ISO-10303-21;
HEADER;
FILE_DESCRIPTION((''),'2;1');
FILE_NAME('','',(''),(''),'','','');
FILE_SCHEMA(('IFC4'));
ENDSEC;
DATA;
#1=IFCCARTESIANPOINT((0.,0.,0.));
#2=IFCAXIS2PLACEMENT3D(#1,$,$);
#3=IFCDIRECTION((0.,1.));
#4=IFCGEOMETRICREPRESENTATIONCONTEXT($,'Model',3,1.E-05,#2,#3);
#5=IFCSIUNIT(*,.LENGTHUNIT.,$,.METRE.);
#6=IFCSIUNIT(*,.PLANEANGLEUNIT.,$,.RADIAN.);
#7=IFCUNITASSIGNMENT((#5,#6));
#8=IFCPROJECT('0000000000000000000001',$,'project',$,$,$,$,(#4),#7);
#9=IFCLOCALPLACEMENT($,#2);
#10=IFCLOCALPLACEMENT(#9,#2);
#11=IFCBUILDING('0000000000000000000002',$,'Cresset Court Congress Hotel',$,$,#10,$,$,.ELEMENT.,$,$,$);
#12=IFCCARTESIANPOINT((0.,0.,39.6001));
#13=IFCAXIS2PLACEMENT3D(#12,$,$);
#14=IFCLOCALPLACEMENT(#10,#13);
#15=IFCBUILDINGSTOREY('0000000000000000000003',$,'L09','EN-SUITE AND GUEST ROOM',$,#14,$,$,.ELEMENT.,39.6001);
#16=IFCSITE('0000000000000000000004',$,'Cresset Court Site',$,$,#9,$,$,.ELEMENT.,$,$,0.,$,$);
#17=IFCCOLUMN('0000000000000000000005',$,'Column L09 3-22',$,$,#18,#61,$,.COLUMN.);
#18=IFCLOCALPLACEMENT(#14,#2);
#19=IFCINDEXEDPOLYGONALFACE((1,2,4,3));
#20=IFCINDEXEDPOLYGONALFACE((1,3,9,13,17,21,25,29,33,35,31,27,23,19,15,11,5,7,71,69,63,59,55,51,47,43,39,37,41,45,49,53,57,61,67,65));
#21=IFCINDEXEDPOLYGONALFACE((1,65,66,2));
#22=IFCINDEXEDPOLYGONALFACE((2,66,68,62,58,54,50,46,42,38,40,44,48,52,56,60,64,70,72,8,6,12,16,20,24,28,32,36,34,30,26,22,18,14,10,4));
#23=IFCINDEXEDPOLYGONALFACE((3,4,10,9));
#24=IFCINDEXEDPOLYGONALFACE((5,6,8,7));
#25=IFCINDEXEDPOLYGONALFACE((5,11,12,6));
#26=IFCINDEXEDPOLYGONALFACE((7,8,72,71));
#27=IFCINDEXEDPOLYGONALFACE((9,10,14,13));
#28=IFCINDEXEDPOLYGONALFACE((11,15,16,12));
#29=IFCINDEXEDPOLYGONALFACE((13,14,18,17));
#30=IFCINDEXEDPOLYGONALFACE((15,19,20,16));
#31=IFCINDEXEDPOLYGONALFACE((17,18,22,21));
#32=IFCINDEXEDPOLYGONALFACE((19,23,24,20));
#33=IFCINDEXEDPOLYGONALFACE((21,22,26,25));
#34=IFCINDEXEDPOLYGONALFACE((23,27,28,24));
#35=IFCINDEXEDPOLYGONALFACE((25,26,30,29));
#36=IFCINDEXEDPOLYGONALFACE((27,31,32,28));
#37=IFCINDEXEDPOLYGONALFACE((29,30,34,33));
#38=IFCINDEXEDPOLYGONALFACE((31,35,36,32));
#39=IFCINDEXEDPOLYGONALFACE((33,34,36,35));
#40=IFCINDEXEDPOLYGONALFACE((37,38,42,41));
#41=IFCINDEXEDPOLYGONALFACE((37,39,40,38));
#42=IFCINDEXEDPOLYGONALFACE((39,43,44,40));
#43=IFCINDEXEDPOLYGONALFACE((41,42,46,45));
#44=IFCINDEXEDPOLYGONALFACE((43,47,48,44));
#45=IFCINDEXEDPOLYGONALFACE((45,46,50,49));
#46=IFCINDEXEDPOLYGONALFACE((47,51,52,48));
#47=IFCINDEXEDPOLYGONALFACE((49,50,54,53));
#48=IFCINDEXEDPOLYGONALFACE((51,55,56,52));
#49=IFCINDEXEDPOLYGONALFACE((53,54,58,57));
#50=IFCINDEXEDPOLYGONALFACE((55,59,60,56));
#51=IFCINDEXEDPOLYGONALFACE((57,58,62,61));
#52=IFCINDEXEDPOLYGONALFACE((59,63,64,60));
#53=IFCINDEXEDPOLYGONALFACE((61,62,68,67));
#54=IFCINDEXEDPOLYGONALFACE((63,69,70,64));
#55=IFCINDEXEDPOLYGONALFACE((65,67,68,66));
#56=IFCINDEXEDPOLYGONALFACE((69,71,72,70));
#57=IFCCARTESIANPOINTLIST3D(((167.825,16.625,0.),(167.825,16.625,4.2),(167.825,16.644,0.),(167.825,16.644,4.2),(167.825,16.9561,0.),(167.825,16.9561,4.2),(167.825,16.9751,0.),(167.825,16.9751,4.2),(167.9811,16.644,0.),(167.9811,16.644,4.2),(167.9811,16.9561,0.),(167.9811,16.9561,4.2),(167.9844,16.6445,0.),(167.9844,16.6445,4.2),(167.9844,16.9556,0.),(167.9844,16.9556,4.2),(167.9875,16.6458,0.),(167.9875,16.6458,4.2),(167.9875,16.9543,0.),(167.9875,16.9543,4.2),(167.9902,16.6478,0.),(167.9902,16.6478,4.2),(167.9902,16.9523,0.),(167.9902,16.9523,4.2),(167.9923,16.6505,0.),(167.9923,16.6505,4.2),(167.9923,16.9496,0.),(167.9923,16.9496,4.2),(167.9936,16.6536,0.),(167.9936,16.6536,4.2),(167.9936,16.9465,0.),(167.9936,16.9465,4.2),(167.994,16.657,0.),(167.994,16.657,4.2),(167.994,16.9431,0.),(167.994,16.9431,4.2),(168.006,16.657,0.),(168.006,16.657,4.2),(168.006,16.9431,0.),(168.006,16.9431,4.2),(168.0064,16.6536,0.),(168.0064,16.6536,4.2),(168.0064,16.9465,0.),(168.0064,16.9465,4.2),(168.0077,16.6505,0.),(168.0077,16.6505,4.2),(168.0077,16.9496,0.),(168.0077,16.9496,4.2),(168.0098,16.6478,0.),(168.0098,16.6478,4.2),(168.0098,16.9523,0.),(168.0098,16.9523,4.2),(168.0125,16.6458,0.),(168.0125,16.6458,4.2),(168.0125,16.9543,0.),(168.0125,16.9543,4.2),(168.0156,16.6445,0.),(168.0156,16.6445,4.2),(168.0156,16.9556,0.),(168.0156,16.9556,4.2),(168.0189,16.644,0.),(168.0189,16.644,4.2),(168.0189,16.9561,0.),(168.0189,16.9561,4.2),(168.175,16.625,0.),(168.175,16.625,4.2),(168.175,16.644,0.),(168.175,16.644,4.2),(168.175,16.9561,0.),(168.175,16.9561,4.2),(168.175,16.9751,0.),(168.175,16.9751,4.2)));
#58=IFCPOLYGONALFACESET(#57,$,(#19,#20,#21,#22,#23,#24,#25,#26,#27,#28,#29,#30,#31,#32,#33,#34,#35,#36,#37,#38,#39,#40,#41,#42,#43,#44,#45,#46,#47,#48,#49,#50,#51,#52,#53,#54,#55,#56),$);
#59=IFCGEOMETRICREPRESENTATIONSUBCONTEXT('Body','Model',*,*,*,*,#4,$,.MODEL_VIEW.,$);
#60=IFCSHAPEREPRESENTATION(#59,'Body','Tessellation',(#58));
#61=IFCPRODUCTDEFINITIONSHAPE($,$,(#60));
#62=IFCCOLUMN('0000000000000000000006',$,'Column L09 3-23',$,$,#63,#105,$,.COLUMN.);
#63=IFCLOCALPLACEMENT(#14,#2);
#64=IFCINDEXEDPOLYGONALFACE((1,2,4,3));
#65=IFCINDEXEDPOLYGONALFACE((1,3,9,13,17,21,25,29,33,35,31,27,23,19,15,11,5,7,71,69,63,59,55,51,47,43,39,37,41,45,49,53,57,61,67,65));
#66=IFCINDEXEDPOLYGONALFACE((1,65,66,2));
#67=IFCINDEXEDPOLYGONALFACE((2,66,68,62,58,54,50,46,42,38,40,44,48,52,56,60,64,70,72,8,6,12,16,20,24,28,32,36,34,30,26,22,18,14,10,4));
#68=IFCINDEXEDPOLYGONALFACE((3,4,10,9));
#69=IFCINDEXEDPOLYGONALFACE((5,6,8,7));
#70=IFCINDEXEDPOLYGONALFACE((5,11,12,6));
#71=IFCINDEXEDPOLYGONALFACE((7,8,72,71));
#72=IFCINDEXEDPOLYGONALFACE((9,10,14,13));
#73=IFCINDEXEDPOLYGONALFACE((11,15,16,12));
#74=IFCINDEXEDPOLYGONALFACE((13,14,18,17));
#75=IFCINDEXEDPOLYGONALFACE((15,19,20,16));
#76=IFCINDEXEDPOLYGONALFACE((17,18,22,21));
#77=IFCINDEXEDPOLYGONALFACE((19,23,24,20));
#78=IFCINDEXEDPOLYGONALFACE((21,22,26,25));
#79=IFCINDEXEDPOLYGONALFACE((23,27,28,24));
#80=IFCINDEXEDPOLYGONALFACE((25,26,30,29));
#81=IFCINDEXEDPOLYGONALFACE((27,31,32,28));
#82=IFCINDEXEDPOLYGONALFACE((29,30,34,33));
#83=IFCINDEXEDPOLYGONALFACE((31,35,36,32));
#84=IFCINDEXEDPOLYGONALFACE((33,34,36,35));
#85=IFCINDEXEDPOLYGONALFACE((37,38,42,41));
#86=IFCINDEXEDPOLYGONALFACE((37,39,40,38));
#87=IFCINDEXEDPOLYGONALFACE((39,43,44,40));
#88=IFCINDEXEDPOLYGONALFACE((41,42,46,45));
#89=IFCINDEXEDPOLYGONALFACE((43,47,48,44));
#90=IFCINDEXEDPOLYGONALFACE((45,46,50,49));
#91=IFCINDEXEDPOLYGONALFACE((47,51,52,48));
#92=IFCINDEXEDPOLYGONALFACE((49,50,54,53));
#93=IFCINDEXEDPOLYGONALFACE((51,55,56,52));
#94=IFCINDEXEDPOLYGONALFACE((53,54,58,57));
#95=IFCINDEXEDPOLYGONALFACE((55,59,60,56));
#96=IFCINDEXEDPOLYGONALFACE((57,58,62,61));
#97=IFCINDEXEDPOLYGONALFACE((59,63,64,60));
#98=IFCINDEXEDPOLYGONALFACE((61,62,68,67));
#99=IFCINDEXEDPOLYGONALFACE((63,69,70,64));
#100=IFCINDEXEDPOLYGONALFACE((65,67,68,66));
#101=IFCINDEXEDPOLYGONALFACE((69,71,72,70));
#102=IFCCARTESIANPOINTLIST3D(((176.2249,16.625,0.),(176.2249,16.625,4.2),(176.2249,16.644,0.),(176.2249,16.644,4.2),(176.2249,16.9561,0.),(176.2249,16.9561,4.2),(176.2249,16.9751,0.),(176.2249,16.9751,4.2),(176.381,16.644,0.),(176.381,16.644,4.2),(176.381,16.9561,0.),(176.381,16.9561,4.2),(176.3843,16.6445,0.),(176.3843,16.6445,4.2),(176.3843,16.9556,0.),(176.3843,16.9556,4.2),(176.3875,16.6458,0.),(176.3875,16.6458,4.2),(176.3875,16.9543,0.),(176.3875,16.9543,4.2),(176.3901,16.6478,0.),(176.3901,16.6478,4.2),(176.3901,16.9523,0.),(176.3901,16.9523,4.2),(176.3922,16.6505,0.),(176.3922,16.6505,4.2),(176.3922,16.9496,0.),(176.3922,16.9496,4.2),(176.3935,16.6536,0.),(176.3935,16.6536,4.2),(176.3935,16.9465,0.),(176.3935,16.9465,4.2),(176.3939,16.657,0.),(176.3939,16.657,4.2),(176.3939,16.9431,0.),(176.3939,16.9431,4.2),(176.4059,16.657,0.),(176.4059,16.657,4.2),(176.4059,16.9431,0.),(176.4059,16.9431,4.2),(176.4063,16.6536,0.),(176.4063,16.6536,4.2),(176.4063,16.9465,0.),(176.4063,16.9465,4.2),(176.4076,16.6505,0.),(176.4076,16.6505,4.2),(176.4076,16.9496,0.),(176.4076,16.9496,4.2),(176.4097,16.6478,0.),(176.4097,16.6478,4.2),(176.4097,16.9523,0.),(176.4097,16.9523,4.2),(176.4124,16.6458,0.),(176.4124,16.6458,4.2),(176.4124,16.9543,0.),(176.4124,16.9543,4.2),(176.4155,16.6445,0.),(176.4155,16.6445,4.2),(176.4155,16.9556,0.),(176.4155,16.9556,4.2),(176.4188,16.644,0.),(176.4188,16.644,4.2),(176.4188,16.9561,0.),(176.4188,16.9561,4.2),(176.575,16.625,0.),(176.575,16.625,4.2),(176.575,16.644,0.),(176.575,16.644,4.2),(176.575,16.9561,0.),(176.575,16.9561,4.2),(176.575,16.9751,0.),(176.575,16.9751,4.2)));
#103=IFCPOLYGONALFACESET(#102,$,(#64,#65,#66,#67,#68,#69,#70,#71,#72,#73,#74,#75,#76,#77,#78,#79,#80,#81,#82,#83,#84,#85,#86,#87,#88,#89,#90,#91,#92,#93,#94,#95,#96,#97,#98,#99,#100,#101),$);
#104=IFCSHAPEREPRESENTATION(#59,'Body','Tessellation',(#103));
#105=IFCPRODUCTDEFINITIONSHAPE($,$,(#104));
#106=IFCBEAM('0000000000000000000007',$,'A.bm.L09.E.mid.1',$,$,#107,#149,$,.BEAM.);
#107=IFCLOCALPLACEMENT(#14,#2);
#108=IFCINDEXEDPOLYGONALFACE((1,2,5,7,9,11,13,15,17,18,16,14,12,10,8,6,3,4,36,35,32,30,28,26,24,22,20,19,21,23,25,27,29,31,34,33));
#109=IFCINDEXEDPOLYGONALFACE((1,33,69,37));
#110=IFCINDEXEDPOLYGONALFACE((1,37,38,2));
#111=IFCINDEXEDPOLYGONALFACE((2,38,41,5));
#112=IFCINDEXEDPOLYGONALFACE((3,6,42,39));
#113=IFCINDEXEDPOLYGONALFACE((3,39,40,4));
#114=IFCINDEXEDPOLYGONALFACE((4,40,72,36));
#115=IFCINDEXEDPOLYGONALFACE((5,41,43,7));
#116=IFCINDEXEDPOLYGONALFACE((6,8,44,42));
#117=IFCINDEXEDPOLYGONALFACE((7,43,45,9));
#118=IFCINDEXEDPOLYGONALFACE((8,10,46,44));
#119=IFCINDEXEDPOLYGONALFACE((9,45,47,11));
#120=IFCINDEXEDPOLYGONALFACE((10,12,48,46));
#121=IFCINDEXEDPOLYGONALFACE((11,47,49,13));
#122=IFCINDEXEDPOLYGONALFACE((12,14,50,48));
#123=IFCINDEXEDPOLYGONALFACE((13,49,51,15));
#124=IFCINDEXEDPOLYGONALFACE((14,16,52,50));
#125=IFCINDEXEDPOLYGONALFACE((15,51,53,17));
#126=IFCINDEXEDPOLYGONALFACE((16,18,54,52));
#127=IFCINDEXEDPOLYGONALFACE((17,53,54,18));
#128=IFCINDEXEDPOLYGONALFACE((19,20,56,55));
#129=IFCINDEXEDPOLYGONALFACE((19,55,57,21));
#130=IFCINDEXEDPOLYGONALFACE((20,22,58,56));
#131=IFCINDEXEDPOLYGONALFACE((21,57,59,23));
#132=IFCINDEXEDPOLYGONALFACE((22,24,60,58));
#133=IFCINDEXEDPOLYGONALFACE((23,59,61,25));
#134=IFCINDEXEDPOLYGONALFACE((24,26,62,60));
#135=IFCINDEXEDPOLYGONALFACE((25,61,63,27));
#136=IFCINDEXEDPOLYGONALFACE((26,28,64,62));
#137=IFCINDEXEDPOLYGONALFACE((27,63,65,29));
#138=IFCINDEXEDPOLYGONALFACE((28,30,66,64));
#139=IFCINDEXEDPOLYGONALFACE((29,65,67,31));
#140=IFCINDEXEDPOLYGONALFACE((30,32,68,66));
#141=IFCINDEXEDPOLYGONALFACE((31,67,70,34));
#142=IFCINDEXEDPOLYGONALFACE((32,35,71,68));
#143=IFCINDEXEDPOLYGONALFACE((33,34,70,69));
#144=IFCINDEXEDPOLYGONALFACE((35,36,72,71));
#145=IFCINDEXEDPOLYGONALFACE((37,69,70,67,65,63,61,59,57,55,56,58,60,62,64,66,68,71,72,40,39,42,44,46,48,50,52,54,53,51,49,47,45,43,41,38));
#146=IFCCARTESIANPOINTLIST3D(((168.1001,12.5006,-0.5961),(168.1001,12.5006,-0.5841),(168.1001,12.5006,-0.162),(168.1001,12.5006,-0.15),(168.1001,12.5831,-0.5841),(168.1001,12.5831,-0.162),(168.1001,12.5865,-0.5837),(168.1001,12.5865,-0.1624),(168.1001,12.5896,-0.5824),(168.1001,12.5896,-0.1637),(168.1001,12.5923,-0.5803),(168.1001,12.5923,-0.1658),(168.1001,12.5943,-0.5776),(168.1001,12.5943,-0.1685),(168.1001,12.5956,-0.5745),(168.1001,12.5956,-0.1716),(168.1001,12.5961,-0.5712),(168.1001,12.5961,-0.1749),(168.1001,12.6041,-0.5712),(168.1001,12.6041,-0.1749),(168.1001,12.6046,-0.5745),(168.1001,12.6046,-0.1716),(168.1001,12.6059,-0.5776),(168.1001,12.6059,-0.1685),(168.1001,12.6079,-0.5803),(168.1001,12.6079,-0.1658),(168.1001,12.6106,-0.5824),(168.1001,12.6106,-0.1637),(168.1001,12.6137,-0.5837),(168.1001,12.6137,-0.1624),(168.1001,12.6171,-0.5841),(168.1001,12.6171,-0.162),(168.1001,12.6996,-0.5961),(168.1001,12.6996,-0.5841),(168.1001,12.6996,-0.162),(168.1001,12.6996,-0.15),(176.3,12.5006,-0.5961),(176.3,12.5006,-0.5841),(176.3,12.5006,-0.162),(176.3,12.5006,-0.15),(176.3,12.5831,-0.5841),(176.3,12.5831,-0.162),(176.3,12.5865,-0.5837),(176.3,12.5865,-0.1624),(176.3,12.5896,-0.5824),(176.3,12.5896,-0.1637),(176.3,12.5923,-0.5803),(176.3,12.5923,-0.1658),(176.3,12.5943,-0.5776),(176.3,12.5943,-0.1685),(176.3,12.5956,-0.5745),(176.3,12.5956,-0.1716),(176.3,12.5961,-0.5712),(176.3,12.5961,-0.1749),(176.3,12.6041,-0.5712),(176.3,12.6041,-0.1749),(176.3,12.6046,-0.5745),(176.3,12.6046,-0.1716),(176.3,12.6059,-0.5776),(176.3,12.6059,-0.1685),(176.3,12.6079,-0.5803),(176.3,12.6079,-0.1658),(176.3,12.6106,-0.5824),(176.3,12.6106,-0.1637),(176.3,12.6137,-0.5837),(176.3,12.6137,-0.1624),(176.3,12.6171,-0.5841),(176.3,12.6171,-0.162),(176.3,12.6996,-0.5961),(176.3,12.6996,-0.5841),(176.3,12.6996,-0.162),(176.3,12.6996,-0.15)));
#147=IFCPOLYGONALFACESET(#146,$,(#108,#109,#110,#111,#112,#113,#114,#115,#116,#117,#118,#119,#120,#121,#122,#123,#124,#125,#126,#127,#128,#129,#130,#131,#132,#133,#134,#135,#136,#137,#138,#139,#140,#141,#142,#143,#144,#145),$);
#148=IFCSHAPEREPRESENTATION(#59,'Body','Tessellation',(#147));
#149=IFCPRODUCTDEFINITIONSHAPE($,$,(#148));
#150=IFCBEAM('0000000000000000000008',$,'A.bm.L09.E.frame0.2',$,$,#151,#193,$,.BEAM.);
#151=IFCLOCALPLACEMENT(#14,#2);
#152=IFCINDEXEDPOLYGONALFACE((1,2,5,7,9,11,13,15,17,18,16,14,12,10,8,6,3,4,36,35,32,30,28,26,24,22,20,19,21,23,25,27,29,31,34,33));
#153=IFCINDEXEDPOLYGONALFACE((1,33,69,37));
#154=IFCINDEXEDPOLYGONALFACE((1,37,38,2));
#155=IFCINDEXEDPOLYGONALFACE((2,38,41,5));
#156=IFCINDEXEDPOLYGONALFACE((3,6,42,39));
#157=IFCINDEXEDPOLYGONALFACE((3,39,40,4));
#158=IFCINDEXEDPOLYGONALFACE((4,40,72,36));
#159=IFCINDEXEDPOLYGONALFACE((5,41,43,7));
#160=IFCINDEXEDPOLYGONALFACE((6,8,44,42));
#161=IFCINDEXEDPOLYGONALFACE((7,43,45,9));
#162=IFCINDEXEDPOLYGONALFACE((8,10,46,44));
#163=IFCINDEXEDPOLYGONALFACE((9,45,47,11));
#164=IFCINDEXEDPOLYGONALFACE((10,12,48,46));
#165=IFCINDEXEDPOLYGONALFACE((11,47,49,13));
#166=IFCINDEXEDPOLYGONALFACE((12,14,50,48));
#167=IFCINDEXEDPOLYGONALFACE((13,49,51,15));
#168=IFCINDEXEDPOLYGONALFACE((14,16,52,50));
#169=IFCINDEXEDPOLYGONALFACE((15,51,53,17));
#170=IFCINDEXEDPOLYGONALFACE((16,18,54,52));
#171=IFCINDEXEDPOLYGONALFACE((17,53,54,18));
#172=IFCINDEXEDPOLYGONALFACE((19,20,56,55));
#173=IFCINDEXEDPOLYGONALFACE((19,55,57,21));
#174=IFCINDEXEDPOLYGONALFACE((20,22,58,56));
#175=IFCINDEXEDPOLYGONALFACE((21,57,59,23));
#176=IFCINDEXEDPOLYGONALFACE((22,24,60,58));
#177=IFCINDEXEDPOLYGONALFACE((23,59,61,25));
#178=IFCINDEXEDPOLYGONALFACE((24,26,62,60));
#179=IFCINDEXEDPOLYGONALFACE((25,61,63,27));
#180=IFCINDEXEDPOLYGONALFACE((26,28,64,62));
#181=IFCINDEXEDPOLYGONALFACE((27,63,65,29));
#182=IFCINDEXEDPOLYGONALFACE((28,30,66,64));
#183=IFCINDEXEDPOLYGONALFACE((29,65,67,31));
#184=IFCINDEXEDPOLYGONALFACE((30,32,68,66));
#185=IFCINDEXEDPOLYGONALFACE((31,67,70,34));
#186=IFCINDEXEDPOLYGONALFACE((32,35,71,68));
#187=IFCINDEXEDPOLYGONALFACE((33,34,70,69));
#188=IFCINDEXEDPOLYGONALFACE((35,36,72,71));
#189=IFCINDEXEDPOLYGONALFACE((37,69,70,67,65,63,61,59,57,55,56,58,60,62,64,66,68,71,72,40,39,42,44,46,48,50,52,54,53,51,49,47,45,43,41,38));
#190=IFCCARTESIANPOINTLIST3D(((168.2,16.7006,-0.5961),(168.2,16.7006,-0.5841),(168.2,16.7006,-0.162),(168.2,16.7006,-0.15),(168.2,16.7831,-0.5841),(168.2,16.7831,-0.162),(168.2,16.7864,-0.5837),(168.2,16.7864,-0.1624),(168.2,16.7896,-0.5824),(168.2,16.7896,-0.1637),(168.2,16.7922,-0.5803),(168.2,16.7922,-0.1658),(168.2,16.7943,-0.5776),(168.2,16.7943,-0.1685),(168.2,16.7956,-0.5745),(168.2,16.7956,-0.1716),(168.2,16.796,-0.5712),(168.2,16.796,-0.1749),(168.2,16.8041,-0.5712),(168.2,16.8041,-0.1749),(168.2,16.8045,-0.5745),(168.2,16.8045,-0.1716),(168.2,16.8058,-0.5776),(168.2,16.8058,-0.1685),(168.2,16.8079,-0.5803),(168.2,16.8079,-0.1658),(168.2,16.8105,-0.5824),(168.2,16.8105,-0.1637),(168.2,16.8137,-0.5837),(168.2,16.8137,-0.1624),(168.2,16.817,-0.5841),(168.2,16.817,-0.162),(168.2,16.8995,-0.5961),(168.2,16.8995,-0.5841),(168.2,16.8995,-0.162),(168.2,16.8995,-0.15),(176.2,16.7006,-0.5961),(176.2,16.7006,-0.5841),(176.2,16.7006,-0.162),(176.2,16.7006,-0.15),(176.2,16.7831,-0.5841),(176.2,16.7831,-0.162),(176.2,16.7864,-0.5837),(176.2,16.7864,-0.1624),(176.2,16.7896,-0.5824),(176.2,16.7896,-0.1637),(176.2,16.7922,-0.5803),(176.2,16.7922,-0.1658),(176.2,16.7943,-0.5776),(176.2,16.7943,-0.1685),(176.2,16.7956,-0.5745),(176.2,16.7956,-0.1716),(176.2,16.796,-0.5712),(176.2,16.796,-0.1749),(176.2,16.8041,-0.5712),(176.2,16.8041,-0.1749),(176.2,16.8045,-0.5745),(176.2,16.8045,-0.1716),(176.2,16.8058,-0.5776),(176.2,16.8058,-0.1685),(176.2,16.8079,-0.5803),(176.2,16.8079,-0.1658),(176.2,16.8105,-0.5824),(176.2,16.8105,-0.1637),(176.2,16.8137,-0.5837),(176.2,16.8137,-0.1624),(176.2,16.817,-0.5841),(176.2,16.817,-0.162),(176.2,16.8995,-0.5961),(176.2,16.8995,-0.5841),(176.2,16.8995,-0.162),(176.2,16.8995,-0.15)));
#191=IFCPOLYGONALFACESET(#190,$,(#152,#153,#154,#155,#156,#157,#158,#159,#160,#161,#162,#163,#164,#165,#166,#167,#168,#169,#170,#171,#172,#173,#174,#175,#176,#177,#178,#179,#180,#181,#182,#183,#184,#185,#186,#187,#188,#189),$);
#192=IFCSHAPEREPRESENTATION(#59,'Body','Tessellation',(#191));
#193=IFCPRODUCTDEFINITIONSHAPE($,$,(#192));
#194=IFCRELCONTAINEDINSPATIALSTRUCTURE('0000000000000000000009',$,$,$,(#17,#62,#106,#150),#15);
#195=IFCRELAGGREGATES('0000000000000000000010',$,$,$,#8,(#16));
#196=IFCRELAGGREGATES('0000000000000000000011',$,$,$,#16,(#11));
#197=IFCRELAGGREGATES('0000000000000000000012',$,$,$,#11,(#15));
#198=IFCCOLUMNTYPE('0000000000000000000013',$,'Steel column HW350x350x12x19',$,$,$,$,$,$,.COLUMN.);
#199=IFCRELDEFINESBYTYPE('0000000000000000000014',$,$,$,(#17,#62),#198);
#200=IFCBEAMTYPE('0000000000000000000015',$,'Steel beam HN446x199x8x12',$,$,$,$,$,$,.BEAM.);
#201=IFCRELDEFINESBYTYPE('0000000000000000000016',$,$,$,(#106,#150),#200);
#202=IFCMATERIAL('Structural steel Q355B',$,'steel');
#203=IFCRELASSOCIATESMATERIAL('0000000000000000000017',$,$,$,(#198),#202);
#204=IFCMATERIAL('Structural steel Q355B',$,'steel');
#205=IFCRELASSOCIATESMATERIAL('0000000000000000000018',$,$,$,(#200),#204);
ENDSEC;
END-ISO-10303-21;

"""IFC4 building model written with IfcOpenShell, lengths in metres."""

from ifc_helpers import new_model, si_unit, direction, frame, origin, origin_2d, place, context, subcontext, project, spatial, i_section, extrude, material, material_profile, profile_set, type_object, element, save


model = new_model("IFC4")

# Units and contexts
model_context = context("Model", 3, precision=1e-05, world=origin(), true_north=direction((0.0, 1.0)))
body_context = subcontext(model_context, "Body", "Model", "MODEL_VIEW")
ifc_project = project(units=[si_unit("LENGTHUNIT", "METRE"), si_unit("PLANEANGLEUNIT", "RADIAN")], contexts=[model_context])

# Site, building, storey
site_placement = place(None, origin())
site = spatial("IfcSite", under=ifc_project, at=site_placement, Name="Cresset Court Site", CompositionType="ELEMENT", RefElevation=0.0)
building_placement = place(site_placement, origin())
building = spatial("IfcBuilding", under=site, at=building_placement, Name="Cresset Court Congress Hotel", CompositionType="ELEMENT")
storey_placement = place(building_placement, frame((0.0, 0.0, 39.6001)))
storey = spatial("IfcBuildingStorey", under=building, at=storey_placement, Name="L09", Description="EN-SUITE AND GUEST ROOM", CompositionType="ELEMENT", Elevation=39.6001)

# Columns
ifc_material_1 = material(Name="Structural steel Q355B", Category="steel")
ifc_material_profile_1 = material_profile(ifc_material_1, i_section(OverallWidth=0.3501, OverallDepth=0.3501, WebThickness=0.012, FlangeThickness=0.019, FilletRadius=0.0129, at=origin_2d()), Name="HW350x350x12x19")
ifc_profile_set_1 = profile_set([ifc_material_profile_1], Name="Structural steel Q355B")
column_type = type_object("IfcColumnType", Name="Steel column HW350x350x12x19", PredefinedType="COLUMN", material=ifc_profile_set_1)
for number, where, z_axis, x_axis, name in (
    (1, (168.0, 16.8, 0.0), (0.0, 0.0, 1.0), (1.0, 0.0, 0.0), "Column L09 3-22"),
    (2, (176.3999, 16.8, 0.0), (0.0, 0.0, 1.0), (1.0, 0.0, 0.0), "Column L09 3-23"),
):
    element("IfcColumn", number, at=place(storey_placement, frame(where, z_axis=z_axis, x_axis=x_axis)), inside=storey, type_object=column_type, Name=name, PredefinedType="COLUMN", context=body_context, shape_type="SweptSolid", body=[
        extrude(i_section(OverallWidth=0.3501, OverallDepth=0.3501, WebThickness=0.012, FlangeThickness=0.019, FilletRadius=0.0129, at=origin_2d()), origin(), (0.0, 0.0, 1.0), 4.2),
    ])

# Beams
ifc_material_2 = material(Name="Structural steel Q355B", Category="steel")
ifc_material_profile_2 = material_profile(ifc_material_2, i_section(OverallWidth=0.199, OverallDepth=0.446, WebThickness=0.0081, FlangeThickness=0.012, FilletRadius=0.0129, at=origin_2d()), Name="HN446x199x8x12")
ifc_profile_set_2 = profile_set([ifc_material_profile_2], Name="Structural steel Q355B")
beam_type_1 = type_object("IfcBeamType", Name="Steel beam HN446x199x8x12", PredefinedType="BEAM", material=ifc_profile_set_2)
beam_1_placement = place(storey_placement, frame((168.1001, 12.6001, -0.373), z_axis=(1.0, 0.0, 0.0), x_axis=(0.0, 1.0, 0.0)))
element("IfcBeam", 3, at=beam_1_placement, inside=storey, type_object=beam_type_1, Name="A.bm.L09.E.mid.1", PredefinedType="BEAM", context=body_context, shape_type="SweptSolid", body=[
    extrude(i_section(OverallWidth=0.199, OverallDepth=0.446, WebThickness=0.0081, FlangeThickness=0.012, FilletRadius=0.0129, at=origin_2d()), origin(), (0.0, 0.0, 1.0), 8.2),
])
beam_2_placement = place(storey_placement, frame((168.2, 16.8, -0.373), z_axis=(1.0, 0.0, 0.0), x_axis=(0.0, 1.0, 0.0)))
element("IfcBeam", 4, at=beam_2_placement, inside=storey, type_object=beam_type_1, Name="A.bm.L09.E.frame0.2", PredefinedType="BEAM", context=body_context, shape_type="SweptSolid", body=[
    extrude(i_section(OverallWidth=0.199, OverallDepth=0.446, WebThickness=0.0081, FlangeThickness=0.012, FilletRadius=0.0129, at=origin_2d()), origin(), (0.0, 0.0, 1.0), 8.0),
])

save(model, "model.ifc")
